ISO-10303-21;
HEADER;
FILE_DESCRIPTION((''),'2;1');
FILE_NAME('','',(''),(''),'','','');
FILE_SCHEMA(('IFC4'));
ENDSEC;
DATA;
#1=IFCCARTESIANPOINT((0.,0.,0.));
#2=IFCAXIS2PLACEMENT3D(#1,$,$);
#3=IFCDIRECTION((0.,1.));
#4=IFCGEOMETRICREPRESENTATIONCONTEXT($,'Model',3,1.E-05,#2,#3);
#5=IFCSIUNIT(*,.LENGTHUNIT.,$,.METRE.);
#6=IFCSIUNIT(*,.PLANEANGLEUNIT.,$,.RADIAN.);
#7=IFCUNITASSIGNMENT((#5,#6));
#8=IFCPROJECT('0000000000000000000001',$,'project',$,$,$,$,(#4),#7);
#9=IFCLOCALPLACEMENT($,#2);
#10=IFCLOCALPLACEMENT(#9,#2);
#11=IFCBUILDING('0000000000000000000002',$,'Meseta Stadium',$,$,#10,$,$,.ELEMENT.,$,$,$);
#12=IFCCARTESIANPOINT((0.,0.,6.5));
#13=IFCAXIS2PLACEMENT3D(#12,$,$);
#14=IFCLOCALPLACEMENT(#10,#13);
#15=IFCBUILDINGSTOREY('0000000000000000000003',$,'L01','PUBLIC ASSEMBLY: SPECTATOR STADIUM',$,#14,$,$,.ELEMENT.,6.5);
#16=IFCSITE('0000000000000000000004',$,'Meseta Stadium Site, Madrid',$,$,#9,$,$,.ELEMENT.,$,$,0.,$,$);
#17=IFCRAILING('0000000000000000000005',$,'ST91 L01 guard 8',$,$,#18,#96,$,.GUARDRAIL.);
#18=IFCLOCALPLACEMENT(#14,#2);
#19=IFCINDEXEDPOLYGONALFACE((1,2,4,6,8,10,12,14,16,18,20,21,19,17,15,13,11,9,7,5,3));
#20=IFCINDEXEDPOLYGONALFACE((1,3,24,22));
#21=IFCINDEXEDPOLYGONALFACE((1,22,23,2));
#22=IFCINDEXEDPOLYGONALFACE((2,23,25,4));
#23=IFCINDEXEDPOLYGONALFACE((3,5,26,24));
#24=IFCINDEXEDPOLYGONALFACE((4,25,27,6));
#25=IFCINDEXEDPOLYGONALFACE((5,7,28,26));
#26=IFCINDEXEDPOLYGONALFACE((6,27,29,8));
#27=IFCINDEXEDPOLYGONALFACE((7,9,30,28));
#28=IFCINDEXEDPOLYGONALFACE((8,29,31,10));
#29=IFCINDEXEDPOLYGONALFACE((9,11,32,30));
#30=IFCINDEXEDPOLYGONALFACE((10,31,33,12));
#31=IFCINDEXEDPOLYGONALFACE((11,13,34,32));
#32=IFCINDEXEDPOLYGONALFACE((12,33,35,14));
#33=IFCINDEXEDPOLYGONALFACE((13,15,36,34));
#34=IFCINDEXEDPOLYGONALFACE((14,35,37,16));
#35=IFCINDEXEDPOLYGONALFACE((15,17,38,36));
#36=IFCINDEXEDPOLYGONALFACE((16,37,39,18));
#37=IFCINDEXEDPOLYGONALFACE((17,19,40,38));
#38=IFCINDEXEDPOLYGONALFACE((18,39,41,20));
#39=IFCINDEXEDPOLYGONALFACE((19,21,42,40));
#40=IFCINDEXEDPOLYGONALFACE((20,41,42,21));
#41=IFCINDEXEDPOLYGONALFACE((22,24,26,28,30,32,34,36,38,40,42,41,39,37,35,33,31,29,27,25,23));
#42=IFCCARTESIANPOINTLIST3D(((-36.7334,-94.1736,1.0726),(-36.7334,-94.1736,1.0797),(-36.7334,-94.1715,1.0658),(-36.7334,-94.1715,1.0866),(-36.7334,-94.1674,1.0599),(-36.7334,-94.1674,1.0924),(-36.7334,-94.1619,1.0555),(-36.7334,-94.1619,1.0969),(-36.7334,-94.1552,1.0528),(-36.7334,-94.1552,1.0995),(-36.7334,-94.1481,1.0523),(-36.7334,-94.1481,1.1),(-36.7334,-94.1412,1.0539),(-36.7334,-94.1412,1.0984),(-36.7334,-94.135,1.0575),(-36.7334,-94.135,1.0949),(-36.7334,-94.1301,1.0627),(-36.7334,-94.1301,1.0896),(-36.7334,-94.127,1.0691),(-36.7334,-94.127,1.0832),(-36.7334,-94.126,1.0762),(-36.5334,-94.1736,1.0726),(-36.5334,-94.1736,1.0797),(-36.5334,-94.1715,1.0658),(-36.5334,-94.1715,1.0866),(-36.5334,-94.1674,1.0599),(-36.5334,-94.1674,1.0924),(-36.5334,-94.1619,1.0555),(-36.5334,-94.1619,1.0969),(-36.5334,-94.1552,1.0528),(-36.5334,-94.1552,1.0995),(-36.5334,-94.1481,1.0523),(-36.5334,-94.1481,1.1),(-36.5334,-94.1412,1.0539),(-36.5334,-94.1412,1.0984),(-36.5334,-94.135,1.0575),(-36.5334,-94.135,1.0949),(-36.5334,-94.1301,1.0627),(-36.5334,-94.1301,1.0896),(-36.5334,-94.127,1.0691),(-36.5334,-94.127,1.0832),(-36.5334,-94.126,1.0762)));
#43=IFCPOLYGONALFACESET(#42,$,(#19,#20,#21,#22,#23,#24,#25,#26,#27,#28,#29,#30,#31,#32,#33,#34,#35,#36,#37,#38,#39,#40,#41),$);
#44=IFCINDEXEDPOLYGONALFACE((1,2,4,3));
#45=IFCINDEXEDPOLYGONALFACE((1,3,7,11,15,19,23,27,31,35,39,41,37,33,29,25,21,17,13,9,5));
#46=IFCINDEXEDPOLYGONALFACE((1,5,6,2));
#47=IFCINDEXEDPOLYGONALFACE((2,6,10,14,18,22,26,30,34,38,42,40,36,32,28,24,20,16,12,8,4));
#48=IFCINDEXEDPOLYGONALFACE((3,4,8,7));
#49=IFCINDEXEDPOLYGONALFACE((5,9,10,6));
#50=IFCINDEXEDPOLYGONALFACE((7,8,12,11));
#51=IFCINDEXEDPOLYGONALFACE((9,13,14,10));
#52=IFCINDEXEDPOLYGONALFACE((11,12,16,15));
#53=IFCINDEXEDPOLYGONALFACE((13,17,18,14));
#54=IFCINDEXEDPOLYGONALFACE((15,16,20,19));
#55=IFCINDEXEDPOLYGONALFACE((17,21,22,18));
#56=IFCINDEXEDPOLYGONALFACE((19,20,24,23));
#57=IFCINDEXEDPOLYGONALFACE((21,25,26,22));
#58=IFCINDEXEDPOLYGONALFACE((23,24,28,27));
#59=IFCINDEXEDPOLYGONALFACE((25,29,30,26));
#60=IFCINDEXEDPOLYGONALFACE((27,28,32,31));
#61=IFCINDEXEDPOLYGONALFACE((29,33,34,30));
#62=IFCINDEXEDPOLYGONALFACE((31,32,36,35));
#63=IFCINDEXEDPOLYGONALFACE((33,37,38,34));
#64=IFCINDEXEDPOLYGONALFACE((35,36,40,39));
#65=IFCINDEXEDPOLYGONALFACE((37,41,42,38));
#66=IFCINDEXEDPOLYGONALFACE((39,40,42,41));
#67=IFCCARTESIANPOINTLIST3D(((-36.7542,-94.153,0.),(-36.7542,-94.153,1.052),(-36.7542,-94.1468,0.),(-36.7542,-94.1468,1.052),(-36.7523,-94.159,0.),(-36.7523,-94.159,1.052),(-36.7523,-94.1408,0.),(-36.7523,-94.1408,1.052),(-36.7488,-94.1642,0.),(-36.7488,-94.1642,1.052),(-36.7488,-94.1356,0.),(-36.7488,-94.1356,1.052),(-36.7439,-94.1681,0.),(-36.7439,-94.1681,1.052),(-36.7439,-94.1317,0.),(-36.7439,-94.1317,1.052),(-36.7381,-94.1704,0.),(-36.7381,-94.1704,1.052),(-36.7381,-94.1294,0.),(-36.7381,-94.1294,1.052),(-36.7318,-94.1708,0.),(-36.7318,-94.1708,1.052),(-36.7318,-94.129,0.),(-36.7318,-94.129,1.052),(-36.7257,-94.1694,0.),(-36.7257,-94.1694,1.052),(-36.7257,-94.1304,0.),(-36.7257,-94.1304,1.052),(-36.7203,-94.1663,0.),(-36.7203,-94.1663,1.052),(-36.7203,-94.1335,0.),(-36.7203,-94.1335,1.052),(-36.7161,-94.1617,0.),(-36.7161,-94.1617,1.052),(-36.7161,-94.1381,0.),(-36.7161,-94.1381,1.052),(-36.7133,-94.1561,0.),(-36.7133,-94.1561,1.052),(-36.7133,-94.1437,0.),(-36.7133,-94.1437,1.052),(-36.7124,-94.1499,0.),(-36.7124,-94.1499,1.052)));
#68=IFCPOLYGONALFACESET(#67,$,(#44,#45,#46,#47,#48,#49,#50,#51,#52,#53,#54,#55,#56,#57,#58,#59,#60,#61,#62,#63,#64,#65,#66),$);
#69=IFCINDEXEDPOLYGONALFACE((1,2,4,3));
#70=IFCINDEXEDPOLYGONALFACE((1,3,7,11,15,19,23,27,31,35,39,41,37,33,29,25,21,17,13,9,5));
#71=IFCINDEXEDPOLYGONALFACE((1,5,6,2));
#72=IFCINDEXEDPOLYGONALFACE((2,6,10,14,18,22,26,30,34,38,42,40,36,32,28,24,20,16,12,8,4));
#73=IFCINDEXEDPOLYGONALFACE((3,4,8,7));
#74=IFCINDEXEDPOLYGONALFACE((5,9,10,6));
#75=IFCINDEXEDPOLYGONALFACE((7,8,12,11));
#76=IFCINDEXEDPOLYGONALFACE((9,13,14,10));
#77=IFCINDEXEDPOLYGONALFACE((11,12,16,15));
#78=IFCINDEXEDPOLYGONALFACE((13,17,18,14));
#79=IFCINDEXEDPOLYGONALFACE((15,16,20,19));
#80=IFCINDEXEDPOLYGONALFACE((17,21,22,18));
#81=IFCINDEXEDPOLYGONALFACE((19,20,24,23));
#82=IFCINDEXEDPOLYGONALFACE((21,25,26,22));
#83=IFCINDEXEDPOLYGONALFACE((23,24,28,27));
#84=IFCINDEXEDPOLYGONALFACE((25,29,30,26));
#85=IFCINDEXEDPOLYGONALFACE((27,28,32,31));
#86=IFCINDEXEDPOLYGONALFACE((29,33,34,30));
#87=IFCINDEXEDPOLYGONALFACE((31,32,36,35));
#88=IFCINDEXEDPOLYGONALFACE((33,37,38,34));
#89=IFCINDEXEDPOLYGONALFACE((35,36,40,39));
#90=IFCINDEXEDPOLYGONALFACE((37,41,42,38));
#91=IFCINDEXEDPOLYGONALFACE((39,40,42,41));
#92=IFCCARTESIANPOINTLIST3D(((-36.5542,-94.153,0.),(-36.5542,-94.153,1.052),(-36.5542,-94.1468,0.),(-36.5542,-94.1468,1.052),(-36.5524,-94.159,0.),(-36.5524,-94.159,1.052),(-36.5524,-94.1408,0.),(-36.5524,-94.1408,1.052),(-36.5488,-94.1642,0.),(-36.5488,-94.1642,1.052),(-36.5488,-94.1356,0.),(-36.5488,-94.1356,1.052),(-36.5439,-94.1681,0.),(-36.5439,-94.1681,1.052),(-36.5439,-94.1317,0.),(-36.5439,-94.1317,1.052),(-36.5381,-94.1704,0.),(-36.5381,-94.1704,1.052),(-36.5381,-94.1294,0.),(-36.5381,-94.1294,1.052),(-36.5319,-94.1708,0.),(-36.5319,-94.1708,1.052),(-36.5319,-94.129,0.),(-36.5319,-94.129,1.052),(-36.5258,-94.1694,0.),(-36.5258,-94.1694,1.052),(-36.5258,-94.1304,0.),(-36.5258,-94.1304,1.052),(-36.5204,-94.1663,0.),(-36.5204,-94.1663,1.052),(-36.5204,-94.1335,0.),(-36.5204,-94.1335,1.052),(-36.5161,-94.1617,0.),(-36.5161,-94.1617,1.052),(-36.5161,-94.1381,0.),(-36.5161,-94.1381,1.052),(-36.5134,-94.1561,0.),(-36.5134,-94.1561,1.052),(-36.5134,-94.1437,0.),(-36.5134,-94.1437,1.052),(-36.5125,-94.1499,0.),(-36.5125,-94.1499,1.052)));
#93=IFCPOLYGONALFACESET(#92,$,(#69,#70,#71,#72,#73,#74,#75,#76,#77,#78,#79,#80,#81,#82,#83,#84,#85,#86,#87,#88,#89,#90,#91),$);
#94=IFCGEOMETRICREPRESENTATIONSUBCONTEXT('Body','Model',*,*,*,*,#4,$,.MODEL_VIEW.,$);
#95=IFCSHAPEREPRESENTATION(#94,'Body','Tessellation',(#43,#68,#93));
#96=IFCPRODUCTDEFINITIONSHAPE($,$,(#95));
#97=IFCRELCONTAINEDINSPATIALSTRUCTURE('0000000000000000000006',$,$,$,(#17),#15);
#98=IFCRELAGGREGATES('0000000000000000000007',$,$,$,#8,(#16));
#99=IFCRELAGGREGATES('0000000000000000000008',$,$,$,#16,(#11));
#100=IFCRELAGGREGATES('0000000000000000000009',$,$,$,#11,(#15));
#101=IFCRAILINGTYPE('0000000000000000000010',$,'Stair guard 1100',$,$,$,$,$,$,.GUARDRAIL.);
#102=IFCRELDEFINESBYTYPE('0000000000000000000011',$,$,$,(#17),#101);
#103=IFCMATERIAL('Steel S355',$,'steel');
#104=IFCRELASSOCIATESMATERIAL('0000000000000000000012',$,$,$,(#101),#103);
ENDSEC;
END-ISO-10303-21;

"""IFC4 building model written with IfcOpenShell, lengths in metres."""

from ifc_helpers import new_model, si_unit, direction, frame, origin, origin_2d, place, context, subcontext, project, spatial, circle, extrude, material, type_object, element, save


model = new_model("IFC4")

# Units and contexts
model_context = context("Model", 3, precision=1e-05, world=origin(), true_north=direction((0.0, 1.0)))
body_context = subcontext(model_context, "Body", "Model", "MODEL_VIEW")
ifc_project = project(units=[si_unit("LENGTHUNIT", "METRE"), si_unit("PLANEANGLEUNIT", "RADIAN")], contexts=[model_context])

# Site, building, storey
site_placement = place(None, origin())
site = spatial("IfcSite", under=ifc_project, at=site_placement, Name="Meseta Stadium Site, Madrid", CompositionType="ELEMENT", RefElevation=0.0)
building_placement = place(site_placement, origin())
building = spatial("IfcBuilding", under=site, at=building_placement, Name="Meseta Stadium", CompositionType="ELEMENT")
storey_placement = place(building_placement, frame((0.0, 0.0, 6.5)))
storey = spatial("IfcBuildingStorey", under=building, at=storey_placement, Name="L01", Description="PUBLIC ASSEMBLY: SPECTATOR STADIUM", CompositionType="ELEMENT", Elevation=6.5)

# Railing
ifc_material_1 = material(Name="Steel S355", Category="steel")
railing_type = type_object("IfcRailingType", Name="Stair guard 1100", PredefinedType="GUARDRAIL", material=ifc_material_1)
railing_placement = place(storey_placement, frame((-36.7334, -94.1499, 0.0)))
element("IfcRailing", 1, at=railing_placement, inside=storey, type_object=railing_type, Name="ST91 L01 guard 8", PredefinedType="GUARDRAIL", context=body_context, shape_type="SweptSolid", body=[
    extrude(circle(Radius=0.0239, at=origin_2d()), frame((0.0, 0.0, 1.0762), z_axis=(1.0, 0.0, 0.0), x_axis=(0.0, 1.0, 0.0)), (0.0, 0.0, 1.0), 0.2),
    extrude(circle(Radius=0.021, at=origin_2d()), origin(), (0.0, 0.0, 1.0), 1.052),
    extrude(circle(Radius=0.021, at=origin_2d()), frame((0.2, 0.0, 0.0)), (0.0, 0.0, 1.0), 1.052),
])

save(model, "model.ifc")
